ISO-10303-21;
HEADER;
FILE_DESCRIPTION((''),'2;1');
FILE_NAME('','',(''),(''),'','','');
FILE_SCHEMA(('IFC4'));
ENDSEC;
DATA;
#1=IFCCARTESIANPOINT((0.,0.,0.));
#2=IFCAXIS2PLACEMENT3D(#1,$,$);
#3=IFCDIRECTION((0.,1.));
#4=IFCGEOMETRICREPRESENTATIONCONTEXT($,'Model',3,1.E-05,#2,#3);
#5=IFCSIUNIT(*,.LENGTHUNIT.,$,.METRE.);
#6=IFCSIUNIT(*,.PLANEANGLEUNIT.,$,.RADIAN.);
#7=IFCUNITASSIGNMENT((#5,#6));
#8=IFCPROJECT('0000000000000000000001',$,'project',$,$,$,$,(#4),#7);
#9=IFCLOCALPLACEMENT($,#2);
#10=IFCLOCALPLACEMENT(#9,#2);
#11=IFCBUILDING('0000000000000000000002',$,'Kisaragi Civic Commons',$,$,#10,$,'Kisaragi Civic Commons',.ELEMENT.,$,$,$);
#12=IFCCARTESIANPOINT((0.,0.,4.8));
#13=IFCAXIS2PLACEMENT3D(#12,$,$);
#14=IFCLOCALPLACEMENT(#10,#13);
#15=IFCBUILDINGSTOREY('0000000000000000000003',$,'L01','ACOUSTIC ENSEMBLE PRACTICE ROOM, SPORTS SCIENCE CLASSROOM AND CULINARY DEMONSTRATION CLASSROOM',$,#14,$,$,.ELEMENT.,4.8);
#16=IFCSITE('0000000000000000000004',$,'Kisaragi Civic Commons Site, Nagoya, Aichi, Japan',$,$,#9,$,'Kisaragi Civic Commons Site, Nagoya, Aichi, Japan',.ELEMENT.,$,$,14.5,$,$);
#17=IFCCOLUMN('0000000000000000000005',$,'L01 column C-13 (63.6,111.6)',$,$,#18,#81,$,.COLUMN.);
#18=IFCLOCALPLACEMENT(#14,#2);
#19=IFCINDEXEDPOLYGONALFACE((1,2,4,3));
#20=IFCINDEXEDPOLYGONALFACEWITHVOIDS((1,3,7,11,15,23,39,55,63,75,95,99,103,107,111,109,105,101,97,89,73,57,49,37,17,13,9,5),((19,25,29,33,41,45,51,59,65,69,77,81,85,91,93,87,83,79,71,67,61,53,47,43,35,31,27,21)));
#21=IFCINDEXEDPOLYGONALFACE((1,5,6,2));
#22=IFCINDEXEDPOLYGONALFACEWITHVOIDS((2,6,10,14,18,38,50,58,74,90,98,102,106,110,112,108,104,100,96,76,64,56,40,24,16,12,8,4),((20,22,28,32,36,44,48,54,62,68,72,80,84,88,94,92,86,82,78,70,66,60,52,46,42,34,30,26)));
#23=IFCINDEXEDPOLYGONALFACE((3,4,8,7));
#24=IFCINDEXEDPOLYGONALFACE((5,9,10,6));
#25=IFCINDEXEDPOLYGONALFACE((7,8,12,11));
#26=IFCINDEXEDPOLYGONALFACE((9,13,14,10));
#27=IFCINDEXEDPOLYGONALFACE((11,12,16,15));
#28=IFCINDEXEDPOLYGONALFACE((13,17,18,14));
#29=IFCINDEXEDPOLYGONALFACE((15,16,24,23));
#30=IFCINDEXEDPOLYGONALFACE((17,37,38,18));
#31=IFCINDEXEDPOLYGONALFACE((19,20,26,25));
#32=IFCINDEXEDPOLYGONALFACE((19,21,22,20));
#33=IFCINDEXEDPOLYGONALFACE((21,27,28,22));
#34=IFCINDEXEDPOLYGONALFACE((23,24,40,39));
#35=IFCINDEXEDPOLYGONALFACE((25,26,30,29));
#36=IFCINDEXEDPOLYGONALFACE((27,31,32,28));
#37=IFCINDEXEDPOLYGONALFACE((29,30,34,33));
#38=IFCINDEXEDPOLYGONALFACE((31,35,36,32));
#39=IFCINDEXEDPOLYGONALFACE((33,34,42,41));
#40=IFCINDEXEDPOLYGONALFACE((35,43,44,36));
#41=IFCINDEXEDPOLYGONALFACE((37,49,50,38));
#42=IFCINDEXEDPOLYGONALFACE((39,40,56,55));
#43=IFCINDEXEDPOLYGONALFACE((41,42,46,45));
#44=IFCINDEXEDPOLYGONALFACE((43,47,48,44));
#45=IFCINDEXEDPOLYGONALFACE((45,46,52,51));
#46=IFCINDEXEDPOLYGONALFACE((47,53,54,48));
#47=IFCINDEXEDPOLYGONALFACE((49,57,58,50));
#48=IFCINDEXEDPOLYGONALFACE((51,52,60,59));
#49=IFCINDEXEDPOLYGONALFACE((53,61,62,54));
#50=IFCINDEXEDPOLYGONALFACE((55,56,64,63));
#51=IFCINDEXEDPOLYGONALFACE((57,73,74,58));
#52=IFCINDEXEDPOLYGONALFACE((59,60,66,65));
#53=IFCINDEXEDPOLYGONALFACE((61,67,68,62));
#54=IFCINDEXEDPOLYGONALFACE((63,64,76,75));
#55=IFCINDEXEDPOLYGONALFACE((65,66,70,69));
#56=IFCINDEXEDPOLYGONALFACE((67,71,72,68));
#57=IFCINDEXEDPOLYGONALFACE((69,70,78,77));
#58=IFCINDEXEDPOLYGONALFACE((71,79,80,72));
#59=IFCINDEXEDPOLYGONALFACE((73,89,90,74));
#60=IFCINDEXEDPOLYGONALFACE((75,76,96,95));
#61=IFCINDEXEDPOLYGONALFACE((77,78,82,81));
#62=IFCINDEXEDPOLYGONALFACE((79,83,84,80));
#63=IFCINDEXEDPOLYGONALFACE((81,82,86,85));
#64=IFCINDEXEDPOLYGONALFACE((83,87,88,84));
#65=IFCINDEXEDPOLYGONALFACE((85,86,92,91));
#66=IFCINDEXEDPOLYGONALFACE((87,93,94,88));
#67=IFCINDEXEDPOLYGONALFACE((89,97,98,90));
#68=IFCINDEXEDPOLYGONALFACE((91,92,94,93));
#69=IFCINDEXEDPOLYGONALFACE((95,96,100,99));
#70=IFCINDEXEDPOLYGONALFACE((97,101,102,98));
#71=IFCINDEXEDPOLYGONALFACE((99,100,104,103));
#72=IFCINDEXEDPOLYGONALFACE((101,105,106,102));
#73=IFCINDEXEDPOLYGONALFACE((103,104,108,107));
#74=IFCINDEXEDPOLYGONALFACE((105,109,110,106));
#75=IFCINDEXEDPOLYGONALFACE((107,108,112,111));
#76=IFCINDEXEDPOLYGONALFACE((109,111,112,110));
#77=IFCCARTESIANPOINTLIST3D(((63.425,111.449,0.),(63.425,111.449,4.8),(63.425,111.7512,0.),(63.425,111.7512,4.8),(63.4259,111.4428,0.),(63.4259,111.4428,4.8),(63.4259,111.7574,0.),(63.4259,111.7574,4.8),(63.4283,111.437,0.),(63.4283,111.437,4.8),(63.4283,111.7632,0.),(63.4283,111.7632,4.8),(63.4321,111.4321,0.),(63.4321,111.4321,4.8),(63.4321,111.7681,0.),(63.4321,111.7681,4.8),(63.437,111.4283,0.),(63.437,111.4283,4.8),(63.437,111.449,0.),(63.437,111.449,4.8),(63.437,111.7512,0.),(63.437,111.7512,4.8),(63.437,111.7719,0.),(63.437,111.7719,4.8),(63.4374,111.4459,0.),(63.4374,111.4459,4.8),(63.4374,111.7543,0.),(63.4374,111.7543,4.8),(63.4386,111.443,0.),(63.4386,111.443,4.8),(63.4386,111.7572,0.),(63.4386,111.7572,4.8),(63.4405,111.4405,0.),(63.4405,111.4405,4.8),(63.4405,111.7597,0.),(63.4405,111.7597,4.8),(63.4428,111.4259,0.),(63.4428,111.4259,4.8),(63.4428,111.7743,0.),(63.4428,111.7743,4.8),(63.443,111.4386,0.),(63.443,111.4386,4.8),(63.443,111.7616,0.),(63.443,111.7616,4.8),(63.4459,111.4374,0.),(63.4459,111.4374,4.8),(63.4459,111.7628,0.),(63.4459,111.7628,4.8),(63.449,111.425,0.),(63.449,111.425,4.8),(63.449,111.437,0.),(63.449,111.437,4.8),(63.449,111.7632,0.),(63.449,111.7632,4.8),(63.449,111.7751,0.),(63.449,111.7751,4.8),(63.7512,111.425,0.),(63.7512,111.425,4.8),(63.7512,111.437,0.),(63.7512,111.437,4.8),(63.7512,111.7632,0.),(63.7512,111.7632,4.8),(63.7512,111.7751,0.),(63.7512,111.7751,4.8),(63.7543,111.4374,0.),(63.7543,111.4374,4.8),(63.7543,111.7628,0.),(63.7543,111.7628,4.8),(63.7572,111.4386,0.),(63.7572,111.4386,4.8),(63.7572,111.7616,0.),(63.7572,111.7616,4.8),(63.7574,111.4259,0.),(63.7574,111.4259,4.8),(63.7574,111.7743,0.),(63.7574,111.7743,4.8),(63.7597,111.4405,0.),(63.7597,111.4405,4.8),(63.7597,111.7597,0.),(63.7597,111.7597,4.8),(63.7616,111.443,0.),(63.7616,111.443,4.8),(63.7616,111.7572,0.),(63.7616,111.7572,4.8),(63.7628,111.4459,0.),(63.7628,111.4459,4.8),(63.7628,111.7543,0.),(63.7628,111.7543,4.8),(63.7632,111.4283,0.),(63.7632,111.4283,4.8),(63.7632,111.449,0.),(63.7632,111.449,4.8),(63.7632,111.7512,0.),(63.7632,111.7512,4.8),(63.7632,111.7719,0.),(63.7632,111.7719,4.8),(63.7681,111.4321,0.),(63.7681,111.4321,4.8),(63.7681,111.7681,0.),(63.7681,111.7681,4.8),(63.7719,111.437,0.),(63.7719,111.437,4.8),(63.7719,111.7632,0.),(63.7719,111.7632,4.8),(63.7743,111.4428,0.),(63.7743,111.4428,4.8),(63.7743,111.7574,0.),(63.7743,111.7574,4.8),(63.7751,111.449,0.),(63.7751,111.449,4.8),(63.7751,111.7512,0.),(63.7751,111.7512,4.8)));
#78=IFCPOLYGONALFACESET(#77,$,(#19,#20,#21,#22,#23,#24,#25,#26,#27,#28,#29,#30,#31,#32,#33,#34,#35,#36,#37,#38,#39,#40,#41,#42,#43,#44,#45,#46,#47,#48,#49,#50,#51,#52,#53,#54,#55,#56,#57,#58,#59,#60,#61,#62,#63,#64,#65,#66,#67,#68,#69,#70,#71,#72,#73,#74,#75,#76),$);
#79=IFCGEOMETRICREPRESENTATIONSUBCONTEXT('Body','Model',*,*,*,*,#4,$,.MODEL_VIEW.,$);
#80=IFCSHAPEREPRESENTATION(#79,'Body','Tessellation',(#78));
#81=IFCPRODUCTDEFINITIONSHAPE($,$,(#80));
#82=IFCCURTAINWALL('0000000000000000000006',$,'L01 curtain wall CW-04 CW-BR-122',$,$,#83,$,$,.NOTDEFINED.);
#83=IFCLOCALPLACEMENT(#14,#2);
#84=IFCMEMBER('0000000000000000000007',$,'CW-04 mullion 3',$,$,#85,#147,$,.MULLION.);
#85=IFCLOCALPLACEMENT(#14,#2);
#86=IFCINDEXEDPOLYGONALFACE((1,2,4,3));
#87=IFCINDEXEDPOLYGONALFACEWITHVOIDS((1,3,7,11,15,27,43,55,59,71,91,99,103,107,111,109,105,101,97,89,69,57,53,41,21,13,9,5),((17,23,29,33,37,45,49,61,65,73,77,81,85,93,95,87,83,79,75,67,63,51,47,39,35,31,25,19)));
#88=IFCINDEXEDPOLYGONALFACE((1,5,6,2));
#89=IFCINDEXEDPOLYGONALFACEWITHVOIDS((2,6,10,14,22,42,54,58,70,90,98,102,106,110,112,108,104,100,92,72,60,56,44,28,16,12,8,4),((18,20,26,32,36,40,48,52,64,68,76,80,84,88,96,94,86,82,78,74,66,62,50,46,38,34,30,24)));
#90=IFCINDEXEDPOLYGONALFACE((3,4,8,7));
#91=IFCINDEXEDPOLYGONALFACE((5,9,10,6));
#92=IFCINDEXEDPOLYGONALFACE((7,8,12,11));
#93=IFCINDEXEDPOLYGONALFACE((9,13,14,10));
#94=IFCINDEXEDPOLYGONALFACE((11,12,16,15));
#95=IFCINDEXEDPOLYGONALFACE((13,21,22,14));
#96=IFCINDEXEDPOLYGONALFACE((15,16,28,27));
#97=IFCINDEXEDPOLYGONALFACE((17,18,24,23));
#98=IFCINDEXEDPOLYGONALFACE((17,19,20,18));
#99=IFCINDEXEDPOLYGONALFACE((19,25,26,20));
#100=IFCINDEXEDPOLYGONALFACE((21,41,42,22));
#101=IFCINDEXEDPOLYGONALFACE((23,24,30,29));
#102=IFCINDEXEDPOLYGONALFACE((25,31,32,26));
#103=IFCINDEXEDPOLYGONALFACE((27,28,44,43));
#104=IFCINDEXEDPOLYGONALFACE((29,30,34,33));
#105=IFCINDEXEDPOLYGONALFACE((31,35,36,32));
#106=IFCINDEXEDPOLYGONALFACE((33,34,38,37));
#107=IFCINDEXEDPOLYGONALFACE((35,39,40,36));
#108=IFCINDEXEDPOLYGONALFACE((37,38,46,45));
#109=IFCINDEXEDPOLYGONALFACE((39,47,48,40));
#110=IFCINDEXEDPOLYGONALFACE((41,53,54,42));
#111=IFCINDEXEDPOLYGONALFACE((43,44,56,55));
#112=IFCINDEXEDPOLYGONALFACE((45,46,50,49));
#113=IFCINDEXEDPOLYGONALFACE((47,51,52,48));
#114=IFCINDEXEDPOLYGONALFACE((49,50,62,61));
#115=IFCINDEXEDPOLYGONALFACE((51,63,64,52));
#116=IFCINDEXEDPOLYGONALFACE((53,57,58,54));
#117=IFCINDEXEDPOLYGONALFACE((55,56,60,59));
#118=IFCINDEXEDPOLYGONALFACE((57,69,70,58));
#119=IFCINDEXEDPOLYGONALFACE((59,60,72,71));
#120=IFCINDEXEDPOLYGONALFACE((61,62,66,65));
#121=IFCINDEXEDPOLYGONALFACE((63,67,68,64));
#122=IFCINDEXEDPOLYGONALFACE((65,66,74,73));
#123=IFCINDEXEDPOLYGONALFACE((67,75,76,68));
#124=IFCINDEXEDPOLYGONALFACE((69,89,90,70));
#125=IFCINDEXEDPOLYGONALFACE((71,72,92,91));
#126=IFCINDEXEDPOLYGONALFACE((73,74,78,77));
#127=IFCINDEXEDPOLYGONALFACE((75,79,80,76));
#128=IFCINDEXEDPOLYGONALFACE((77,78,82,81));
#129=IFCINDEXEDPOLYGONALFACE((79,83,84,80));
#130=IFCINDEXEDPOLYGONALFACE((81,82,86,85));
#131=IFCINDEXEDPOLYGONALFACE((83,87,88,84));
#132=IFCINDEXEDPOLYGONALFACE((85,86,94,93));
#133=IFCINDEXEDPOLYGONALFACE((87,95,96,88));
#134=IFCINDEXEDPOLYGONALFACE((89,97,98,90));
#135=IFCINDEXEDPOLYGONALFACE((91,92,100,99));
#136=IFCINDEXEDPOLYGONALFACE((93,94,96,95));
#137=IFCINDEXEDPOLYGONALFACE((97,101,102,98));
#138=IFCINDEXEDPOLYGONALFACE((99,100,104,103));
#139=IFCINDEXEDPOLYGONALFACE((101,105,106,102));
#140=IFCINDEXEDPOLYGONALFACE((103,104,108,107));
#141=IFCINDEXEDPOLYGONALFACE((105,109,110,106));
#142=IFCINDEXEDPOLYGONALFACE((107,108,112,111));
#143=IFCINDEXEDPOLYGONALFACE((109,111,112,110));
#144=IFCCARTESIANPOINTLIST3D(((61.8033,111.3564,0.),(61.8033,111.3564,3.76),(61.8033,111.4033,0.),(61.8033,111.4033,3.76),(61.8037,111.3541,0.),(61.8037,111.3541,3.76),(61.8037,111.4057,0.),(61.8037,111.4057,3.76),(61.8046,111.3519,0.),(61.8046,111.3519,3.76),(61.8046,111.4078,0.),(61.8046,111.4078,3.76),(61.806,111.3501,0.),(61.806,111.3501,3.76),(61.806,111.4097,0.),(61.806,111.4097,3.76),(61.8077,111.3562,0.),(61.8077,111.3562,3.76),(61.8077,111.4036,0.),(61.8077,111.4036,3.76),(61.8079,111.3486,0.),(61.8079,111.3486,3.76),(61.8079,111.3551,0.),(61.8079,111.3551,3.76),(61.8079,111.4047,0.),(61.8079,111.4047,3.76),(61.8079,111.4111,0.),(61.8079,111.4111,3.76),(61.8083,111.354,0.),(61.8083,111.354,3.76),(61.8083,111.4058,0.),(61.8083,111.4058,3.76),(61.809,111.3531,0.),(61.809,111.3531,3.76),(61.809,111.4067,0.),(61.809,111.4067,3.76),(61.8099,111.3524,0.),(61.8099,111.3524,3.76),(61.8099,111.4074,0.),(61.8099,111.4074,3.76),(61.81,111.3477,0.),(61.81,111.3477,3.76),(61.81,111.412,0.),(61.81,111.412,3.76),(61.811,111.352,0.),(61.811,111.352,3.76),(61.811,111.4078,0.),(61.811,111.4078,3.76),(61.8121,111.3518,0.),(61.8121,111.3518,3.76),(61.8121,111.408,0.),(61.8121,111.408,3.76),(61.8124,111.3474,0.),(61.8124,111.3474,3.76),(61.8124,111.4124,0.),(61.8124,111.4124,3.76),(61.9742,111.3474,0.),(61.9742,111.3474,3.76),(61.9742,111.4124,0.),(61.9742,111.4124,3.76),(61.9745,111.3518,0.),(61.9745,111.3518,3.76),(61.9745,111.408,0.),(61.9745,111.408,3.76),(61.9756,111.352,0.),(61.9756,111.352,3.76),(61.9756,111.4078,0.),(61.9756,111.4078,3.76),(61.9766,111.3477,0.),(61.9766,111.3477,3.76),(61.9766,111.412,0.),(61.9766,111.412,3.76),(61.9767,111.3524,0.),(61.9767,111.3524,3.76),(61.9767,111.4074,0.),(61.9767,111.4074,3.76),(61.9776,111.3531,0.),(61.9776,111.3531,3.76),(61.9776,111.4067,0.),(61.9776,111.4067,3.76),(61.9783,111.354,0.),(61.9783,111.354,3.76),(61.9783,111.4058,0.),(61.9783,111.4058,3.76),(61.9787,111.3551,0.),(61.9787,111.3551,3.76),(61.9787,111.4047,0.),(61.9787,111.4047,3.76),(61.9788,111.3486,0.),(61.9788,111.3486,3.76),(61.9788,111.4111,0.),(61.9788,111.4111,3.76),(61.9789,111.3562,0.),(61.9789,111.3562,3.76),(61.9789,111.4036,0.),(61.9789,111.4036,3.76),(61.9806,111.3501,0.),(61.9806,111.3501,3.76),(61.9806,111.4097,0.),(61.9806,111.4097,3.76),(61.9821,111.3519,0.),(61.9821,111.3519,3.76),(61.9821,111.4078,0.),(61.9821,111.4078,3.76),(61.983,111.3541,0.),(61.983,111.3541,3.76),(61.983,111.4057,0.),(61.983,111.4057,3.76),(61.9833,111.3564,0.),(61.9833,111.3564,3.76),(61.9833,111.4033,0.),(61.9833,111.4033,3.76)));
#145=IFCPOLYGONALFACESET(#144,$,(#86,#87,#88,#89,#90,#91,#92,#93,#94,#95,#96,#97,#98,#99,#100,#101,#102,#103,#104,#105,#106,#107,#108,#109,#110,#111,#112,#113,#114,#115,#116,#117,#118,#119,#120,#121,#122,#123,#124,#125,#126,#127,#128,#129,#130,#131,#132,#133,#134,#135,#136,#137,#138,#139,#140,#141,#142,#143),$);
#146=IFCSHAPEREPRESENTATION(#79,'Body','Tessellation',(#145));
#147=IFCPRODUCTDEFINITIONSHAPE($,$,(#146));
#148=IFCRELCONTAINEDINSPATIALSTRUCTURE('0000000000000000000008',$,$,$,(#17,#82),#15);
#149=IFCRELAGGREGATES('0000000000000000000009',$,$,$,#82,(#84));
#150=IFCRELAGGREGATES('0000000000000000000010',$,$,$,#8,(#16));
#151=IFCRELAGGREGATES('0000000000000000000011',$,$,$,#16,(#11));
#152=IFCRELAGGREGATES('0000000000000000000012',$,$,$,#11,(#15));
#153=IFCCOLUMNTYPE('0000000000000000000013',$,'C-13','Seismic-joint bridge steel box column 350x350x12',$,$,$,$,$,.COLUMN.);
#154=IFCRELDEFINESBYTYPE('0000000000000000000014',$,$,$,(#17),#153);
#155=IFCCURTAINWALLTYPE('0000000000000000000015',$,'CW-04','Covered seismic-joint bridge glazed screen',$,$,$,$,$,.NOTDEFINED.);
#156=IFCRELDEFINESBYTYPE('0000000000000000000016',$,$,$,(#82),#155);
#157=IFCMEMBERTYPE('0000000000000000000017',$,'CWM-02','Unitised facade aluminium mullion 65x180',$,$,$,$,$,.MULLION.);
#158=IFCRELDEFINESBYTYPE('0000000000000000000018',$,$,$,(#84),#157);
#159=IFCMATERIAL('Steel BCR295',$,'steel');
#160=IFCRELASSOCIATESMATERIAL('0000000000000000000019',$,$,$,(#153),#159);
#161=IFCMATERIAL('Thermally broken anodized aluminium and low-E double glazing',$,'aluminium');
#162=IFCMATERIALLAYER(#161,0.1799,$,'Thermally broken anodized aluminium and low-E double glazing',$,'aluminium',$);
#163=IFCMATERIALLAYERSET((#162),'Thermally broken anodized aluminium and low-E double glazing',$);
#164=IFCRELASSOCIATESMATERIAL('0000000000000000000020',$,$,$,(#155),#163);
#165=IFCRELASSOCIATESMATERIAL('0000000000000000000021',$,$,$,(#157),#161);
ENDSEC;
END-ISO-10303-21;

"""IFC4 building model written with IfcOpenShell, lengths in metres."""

from ifc_helpers import new_model, si_unit, direction, frame, origin, origin_2d, place, context, subcontext, project, spatial, hollow_rectangle, extrude, material, layer, layer_set, material_profile, profile_set, type_object, element, aggregate, save


model = new_model("IFC4")

# Units and contexts
model_context = context("Model", 3, precision=1e-05, world=origin(), true_north=direction((0.0, 1.0)))
body_context = subcontext(model_context, "Body", "Model", "MODEL_VIEW")
ifc_project = project(units=[si_unit("LENGTHUNIT", "METRE"), si_unit("PLANEANGLEUNIT", "RADIAN")], contexts=[model_context])

# Site, building, storey
site_placement = place(None, origin())
site = spatial("IfcSite", under=ifc_project, at=site_placement, Name="Kisaragi Civic Commons Site, Nagoya, Aichi, Japan", LongName="Kisaragi Civic Commons Site, Nagoya, Aichi, Japan", CompositionType="ELEMENT", RefElevation=14.5)
building_placement = place(site_placement, origin())
building = spatial("IfcBuilding", under=site, at=building_placement, Name="Kisaragi Civic Commons", LongName="Kisaragi Civic Commons", CompositionType="ELEMENT")
storey_placement = place(building_placement, frame((0.0, 0.0, 4.8)))
storey = spatial("IfcBuildingStorey", under=building, at=storey_placement, Name="L01", Description="ACOUSTIC ENSEMBLE PRACTICE ROOM, SPORTS SCIENCE CLASSROOM AND CULINARY DEMONSTRATION CLASSROOM", CompositionType="ELEMENT", Elevation=4.8)

# Column
ifc_material_1 = material(Name="Steel BCR295", Category="steel")
ifc_material_profile_1 = material_profile(ifc_material_1, hollow_rectangle(XDim=0.3501, YDim=0.3501, WallThickness=0.012, InnerFilletRadius=0.012, OuterFilletRadius=0.0239, at=origin_2d()), Name="BCR-350x350x12", Category="steel")
ifc_profile_set_1 = profile_set([ifc_material_profile_1], Name="Steel BCR295")
column_type = type_object("IfcColumnType", Name="C-13", Description="Seismic-joint bridge steel box column 350x350x12", PredefinedType="COLUMN", material=ifc_profile_set_1)
column_placement = place(storey_placement, frame((63.6001, 111.6001, 0.0), z_axis=(0.0, 0.0, 1.0), x_axis=(1.0, 0.0, 0.0)))
element("IfcColumn", 1, at=column_placement, inside=storey, type_object=column_type, Name="L01 column C-13 (63.6,111.6)", PredefinedType="COLUMN", context=body_context, shape_type="SweptSolid", body=[
    extrude(hollow_rectangle(XDim=0.3501, YDim=0.3501, WallThickness=0.012, InnerFilletRadius=0.012, OuterFilletRadius=0.0239, at=origin_2d()), origin(), (0.0, 0.0, 1.0), 4.8),
])

# Curtain wall, member
ifc_material_2 = material(Name="Thermally broken anodized aluminium and low-E double glazing", Category="aluminium")
ifc_layer_1 = layer(ifc_material_2, 0.1799, Name="Thermally broken anodized aluminium and low-E double glazing", Category="aluminium")
ifc_layer_set_1 = layer_set([ifc_layer_1], Name="Thermally broken anodized aluminium and low-E double glazing")
curtain_wall_type = type_object("IfcCurtainWallType", Name="CW-04", Description="Covered seismic-joint bridge glazed screen", PredefinedType="NOTDEFINED", material=ifc_layer_set_1)
curtain_wall_1_placement = place(storey_placement, origin())
curtain_wall_1 = element("IfcCurtainWall", 2, at=curtain_wall_1_placement, inside=storey, type_object=curtain_wall_type, Name="L01 curtain wall CW-04 CW-BR-122", PredefinedType="NOTDEFINED")
ifc_material_profile_2 = material_profile(ifc_material_2, hollow_rectangle(XDim=0.0649, YDim=0.1799, WallThickness=0.0044, InnerFilletRadius=0.0044, OuterFilletRadius=0.009, at=origin_2d()), Name="CWM-65x180x4.5", Category="aluminium")
ifc_profile_set_2 = profile_set([ifc_material_profile_2], Name="Thermally broken anodized aluminium and low-E double glazing")
member_type_1 = type_object("IfcMemberType", Name="CWM-02", Description="Unitised facade aluminium mullion 65x180", PredefinedType="MULLION", material=ifc_profile_set_2)
member_1_placement = place(storey_placement, frame((61.8933, 111.3799, 0.0), z_axis=(0.0, 0.0, 1.0), x_axis=(0.0, 1.0, 0.0)))
member_1 = element("IfcMember", 3, at=member_1_placement, type_object=member_type_1, Name="CW-04 mullion 3", PredefinedType="MULLION", context=body_context, shape_type="SweptSolid", body=[
    extrude(hollow_rectangle(XDim=0.0649, YDim=0.1799, WallThickness=0.0044, InnerFilletRadius=0.0044, OuterFilletRadius=0.009, at=origin_2d()), origin(), (0.0, 0.0, 1.0), 3.76),
])

aggregate(curtain_wall_1, [member_1])

save(model, "model.ifc")
